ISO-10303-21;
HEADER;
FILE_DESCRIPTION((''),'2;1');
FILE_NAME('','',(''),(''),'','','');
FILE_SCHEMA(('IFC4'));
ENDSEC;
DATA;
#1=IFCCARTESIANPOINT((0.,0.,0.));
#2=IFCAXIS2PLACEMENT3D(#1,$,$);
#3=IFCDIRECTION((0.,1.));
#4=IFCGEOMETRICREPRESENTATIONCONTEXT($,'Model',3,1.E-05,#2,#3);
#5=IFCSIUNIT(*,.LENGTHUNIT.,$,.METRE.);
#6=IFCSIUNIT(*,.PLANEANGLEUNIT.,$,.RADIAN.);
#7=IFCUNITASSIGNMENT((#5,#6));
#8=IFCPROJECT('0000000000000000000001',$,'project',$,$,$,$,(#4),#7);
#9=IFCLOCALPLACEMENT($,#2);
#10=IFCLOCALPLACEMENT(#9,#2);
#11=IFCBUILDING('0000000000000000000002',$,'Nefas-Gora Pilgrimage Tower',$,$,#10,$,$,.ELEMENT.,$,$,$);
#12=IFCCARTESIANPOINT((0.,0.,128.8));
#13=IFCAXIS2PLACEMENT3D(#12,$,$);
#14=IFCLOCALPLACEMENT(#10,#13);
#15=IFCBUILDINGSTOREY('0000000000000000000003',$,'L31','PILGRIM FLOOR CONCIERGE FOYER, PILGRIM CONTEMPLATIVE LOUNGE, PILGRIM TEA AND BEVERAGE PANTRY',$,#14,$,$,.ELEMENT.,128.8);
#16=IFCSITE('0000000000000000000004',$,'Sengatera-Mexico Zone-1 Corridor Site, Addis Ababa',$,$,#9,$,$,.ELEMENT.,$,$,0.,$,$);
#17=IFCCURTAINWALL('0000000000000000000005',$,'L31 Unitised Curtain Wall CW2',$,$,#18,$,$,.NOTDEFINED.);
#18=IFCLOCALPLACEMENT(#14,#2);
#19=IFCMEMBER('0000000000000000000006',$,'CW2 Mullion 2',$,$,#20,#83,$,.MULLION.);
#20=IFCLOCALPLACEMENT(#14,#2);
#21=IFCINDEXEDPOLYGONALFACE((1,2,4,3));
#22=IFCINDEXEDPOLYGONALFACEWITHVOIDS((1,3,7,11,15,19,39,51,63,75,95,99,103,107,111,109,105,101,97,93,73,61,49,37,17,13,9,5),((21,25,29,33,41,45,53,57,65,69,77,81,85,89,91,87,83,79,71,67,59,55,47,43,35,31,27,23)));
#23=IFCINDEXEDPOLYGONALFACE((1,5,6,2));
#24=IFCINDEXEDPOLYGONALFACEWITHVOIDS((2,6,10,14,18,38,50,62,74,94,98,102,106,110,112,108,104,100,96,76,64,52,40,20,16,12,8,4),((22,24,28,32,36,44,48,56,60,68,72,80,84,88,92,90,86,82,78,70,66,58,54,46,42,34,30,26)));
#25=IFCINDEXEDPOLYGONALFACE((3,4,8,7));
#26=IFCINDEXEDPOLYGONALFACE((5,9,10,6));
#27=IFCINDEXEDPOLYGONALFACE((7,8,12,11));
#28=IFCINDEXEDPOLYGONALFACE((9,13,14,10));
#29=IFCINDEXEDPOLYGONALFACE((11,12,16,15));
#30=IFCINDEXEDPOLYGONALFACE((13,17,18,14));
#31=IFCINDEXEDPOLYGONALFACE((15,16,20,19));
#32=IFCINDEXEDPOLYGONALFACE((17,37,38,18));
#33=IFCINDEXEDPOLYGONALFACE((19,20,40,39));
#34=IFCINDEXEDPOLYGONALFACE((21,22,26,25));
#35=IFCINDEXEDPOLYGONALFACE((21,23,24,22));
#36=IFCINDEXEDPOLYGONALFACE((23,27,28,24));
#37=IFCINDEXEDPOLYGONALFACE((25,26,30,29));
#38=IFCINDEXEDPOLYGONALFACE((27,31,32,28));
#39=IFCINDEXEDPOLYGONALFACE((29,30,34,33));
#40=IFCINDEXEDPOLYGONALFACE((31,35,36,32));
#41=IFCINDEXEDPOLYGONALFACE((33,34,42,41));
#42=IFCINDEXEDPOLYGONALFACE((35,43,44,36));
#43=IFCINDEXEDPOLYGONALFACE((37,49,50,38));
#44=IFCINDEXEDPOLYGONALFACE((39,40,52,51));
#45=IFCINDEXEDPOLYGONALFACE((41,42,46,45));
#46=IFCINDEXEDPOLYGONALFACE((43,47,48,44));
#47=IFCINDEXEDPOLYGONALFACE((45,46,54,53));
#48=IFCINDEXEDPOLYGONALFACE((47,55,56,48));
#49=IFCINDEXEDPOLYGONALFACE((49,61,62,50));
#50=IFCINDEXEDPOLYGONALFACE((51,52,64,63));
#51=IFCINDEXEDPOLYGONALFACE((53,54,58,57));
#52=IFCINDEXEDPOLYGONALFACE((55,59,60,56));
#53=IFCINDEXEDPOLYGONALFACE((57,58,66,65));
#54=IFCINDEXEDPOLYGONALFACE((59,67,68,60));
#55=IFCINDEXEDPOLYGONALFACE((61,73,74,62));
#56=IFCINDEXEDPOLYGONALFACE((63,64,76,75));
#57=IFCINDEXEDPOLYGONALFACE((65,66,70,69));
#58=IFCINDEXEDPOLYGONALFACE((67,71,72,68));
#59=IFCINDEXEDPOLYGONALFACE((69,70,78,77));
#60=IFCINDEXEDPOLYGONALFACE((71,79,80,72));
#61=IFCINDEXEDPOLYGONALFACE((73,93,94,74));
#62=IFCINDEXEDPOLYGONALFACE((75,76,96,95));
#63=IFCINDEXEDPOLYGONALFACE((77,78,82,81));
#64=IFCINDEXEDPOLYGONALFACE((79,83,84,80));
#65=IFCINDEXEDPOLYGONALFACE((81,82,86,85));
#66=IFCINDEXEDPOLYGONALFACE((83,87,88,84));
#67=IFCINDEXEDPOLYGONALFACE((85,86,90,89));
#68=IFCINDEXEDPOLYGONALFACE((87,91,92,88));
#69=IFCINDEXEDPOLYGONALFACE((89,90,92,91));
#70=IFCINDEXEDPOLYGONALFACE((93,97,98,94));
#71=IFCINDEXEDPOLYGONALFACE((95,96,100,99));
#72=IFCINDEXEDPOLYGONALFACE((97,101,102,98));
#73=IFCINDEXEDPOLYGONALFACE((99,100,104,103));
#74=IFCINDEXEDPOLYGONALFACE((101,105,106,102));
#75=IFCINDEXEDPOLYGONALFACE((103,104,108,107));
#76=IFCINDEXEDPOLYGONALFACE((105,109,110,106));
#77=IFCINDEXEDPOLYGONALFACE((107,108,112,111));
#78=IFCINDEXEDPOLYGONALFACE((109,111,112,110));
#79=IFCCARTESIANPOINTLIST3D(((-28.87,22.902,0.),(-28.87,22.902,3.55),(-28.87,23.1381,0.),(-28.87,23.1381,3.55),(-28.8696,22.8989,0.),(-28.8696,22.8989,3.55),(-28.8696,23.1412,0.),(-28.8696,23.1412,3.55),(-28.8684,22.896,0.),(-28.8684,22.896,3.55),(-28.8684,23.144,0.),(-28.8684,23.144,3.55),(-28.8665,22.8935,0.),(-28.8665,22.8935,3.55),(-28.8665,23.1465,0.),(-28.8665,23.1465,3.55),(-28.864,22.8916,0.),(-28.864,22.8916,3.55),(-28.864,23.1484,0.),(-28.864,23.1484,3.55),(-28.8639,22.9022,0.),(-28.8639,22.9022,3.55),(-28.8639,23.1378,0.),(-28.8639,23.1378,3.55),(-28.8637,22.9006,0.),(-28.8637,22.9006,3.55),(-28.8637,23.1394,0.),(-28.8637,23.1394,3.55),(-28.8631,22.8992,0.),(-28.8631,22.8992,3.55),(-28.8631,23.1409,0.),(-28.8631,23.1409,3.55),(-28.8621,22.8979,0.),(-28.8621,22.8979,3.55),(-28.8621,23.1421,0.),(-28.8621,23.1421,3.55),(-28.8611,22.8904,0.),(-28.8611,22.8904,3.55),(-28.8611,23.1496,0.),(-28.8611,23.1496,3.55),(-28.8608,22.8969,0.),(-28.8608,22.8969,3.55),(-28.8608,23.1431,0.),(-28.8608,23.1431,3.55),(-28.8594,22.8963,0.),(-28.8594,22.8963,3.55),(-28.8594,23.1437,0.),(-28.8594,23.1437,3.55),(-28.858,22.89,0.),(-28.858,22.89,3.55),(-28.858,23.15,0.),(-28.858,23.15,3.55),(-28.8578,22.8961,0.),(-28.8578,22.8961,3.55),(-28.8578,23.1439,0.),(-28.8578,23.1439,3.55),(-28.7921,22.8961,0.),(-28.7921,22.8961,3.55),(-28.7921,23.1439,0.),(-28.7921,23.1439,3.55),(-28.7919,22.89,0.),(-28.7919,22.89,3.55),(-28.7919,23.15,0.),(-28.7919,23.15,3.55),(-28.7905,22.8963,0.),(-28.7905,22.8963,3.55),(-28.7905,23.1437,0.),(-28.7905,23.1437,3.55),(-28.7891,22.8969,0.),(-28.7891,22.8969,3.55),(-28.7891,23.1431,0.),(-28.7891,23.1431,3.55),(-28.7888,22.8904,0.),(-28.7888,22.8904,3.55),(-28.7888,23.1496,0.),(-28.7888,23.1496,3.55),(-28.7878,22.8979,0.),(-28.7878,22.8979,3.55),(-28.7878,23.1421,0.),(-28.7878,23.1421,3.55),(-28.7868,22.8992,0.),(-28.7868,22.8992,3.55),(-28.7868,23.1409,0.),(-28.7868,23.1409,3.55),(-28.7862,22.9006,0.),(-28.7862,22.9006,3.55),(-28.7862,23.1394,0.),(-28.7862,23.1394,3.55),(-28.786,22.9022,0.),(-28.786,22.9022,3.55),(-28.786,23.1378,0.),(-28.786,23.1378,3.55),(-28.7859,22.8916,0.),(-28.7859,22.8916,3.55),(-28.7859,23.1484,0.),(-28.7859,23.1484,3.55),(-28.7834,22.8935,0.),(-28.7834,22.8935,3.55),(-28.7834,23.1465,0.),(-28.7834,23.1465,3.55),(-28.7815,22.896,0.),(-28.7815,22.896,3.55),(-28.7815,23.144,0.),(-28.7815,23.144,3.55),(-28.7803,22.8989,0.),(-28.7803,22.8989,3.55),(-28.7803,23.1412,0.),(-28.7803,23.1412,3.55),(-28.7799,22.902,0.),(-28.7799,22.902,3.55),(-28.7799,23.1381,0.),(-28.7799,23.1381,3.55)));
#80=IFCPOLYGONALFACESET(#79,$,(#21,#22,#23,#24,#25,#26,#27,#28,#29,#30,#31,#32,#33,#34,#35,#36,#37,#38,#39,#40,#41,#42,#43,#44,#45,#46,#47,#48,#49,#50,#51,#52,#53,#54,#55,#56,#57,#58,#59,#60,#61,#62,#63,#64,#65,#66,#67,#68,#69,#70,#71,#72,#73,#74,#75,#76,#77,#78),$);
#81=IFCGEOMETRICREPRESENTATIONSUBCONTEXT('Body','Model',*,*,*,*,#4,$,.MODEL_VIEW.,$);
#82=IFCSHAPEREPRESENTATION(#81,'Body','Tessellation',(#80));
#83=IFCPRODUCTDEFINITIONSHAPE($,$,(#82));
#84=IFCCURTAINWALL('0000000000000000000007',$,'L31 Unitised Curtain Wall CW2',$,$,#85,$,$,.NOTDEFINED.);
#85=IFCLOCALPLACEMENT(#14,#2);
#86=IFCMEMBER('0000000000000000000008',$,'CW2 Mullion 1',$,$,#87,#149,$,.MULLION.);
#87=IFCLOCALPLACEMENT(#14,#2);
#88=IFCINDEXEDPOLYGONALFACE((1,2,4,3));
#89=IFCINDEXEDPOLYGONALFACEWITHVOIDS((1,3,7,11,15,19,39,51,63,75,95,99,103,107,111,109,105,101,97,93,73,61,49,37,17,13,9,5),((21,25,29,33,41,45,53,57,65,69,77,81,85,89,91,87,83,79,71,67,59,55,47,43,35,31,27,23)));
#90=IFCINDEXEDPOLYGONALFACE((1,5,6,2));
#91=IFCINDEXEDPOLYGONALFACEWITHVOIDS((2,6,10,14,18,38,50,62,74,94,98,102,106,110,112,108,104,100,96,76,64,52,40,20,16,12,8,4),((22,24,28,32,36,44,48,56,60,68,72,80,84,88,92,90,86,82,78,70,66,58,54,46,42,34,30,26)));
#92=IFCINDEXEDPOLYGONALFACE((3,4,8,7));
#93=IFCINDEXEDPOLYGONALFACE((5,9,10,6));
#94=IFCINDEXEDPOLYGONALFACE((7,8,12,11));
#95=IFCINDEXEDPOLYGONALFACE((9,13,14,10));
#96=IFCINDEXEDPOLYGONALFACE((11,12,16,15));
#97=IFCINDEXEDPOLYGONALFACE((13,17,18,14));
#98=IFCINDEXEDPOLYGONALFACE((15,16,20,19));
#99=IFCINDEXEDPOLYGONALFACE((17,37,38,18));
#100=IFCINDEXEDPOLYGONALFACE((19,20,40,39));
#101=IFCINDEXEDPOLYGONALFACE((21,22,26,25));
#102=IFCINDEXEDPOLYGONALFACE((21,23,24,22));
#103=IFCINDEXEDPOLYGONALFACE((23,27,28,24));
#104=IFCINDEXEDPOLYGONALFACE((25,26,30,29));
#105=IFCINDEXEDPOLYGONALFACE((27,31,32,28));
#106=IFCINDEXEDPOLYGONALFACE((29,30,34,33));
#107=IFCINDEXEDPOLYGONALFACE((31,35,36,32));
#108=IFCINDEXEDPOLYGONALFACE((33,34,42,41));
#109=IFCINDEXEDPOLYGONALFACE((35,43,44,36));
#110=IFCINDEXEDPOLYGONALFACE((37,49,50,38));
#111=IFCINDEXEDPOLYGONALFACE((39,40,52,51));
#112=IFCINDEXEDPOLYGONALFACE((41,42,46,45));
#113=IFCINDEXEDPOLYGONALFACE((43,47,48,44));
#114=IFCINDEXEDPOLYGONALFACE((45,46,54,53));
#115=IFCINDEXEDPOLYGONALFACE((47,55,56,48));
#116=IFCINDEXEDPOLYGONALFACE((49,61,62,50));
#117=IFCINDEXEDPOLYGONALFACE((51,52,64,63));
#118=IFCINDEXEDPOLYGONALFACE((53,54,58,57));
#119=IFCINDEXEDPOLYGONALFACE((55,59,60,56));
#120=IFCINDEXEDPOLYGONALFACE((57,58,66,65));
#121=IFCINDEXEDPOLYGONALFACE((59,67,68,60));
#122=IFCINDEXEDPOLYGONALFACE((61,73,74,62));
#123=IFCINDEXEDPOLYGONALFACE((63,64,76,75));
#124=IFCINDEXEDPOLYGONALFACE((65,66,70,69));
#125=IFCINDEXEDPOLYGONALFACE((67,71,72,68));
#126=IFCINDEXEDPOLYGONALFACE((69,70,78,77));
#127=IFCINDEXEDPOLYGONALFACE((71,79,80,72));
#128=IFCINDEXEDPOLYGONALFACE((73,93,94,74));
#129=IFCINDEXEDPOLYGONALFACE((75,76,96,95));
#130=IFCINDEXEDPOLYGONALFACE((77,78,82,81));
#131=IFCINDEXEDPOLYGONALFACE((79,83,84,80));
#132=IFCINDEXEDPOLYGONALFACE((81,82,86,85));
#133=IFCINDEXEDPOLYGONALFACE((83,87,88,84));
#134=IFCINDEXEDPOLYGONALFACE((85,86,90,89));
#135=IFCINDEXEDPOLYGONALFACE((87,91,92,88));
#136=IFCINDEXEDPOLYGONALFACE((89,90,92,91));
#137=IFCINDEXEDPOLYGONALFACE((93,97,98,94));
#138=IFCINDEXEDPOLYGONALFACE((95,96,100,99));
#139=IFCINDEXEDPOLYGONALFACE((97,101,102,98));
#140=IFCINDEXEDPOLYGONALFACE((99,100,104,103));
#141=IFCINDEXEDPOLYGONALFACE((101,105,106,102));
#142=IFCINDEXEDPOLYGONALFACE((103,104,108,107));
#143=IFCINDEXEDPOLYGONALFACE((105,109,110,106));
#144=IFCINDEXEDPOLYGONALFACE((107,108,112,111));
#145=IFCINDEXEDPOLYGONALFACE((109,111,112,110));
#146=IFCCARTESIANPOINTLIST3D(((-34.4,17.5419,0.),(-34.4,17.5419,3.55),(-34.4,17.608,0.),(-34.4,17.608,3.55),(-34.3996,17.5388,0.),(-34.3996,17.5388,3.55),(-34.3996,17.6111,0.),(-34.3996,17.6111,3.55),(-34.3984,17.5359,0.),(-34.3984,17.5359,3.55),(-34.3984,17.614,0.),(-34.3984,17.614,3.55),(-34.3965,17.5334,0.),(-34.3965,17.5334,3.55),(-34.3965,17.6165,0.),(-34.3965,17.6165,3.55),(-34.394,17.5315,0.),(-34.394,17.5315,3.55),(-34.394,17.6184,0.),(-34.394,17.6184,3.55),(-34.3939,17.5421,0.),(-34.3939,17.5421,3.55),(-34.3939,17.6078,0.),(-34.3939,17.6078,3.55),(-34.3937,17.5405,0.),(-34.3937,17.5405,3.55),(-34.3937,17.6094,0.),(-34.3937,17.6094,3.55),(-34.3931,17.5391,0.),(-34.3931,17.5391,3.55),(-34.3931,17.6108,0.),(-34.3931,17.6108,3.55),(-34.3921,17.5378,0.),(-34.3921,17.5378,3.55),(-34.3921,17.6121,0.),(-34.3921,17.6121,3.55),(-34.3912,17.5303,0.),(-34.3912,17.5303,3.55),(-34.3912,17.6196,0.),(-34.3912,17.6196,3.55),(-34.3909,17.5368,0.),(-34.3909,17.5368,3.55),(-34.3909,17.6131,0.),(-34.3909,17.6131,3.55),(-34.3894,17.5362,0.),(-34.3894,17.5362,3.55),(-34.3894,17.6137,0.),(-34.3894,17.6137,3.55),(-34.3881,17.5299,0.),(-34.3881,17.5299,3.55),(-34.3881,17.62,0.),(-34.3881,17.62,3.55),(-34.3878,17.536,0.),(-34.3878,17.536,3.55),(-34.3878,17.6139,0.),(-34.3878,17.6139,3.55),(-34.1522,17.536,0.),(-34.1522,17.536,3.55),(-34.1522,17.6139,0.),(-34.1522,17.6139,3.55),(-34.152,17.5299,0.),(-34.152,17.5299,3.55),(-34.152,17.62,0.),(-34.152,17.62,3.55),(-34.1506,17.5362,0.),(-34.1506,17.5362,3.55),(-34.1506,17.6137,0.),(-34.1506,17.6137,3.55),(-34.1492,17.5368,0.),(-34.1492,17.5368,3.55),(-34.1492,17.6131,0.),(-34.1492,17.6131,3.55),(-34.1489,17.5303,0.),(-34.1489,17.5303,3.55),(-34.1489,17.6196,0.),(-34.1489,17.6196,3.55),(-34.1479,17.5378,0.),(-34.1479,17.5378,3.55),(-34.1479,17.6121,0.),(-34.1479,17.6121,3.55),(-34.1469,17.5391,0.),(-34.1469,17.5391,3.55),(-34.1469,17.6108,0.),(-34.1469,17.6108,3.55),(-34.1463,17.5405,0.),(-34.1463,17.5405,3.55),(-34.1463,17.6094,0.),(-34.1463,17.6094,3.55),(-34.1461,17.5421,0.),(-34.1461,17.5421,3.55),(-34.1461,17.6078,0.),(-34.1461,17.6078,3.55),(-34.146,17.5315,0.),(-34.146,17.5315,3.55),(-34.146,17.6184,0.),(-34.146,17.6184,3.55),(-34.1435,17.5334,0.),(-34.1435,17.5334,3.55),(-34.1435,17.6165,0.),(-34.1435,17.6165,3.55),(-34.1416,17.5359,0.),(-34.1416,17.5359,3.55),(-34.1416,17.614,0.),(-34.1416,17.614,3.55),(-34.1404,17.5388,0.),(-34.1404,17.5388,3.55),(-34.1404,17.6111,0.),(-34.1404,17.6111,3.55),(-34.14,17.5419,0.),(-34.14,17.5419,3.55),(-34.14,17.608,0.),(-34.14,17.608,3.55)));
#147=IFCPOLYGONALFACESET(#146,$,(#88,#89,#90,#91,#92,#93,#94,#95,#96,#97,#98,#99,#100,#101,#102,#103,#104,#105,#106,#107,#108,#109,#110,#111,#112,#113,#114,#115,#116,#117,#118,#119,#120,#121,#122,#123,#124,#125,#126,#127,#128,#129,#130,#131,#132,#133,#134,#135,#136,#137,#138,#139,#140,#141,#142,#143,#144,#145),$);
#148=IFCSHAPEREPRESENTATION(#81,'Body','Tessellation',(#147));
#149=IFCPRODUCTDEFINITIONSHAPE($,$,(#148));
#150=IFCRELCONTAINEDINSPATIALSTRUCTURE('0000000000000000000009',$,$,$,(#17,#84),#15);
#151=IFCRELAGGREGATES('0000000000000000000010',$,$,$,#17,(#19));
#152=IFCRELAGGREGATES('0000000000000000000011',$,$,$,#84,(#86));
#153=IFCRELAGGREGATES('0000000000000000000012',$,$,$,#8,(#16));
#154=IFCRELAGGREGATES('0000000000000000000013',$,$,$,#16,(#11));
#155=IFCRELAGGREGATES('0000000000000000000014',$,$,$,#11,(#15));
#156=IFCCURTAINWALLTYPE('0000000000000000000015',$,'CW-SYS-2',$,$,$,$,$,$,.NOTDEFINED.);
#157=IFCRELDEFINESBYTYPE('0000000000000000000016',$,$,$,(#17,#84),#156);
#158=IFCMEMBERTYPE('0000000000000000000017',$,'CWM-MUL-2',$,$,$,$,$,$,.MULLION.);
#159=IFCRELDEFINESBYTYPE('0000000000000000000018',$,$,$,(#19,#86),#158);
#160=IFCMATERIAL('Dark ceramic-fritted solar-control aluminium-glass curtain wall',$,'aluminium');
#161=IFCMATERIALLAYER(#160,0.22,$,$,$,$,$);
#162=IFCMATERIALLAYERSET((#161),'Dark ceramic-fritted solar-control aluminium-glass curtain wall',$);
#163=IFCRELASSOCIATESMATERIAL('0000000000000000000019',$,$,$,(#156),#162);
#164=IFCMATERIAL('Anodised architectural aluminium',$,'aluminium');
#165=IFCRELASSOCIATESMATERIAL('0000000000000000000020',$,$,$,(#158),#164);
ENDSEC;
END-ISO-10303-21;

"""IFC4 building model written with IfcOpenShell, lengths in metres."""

from ifc_helpers import new_model, si_unit, direction, frame, origin, origin_2d, place, context, subcontext, project, spatial, hollow_rectangle, extrude, source, transform, mapped, material, layer, layer_set, material_profile, profile_set, type_object, element, aggregate, save


model = new_model("IFC4")

# Units and contexts
model_context = context("Model", 3, precision=1e-05, world=origin(), true_north=direction((0.0, 1.0)))
body_context = subcontext(model_context, "Body", "Model", "MODEL_VIEW")
ifc_project = project(units=[si_unit("LENGTHUNIT", "METRE"), si_unit("PLANEANGLEUNIT", "RADIAN")], contexts=[model_context])

# Site, building, storey
site_placement = place(None, origin())
site = spatial("IfcSite", under=ifc_project, at=site_placement, Name="Sengatera-Mexico Zone-1 Corridor Site, Addis Ababa", CompositionType="ELEMENT", RefElevation=0.0)
building_placement = place(site_placement, origin())
building = spatial("IfcBuilding", under=site, at=building_placement, Name="Nefas-Gora Pilgrimage Tower", CompositionType="ELEMENT")
storey_placement = place(building_placement, frame((0.0, 0.0, 128.8)))
storey = spatial("IfcBuildingStorey", under=building, at=storey_placement, Name="L31", Description="PILGRIM FLOOR CONCIERGE FOYER, PILGRIM CONTEMPLATIVE LOUNGE, PILGRIM TEA AND BEVERAGE PANTRY", CompositionType="ELEMENT", Elevation=128.8)

# Curtain wall, member
ifc_material_1 = material(Name="Dark ceramic-fritted solar-control aluminium-glass curtain wall", Category="aluminium")
ifc_layer_1 = layer(ifc_material_1, 0.22)
ifc_layer_set_1 = layer_set([ifc_layer_1], Name="Dark ceramic-fritted solar-control aluminium-glass curtain wall")
curtain_wall_type = type_object("IfcCurtainWallType", Name="CW-SYS-2", PredefinedType="NOTDEFINED", material=ifc_layer_set_1)
curtain_wall_1_placement = place(storey_placement, origin())
curtain_wall_1 = element("IfcCurtainWall", 1, at=curtain_wall_1_placement, inside=storey, type_object=curtain_wall_type, Name="L31 Unitised Curtain Wall CW2", PredefinedType="NOTDEFINED")
ifc_material_2 = material(Name="Anodised architectural aluminium", Category="aluminium")
ifc_material_profile_1 = material_profile(ifc_material_2, hollow_rectangle(XDim=0.0901, YDim=0.26, WallThickness=0.0061, InnerFilletRadius=0.0061, OuterFilletRadius=0.012, at=origin_2d()), Name="ALU MULLION 90x260")
ifc_profile_set_1 = profile_set([ifc_material_profile_1], Name="Anodised architectural aluminium")
member_type_1 = type_object("IfcMemberType", Name="CWM-MUL-2", PredefinedType="MULLION", material=ifc_profile_set_1)
shared_shape_1 = source(origin(), body_context, "Body", "SweptSolid", [
    extrude(hollow_rectangle(XDim=0.0901, YDim=0.26, WallThickness=0.0061, InnerFilletRadius=0.0061, OuterFilletRadius=0.012, at=origin_2d()), origin(), (0.0, 0.0, 1.0), 3.55),
])
member_1_placement = place(storey_placement, frame((-28.825, 23.02, 0.0), z_axis=(0.0, 0.0, 1.0), x_axis=(-1.0, 0.0, 0.0)))
member_1 = element("IfcMember", 2, at=member_1_placement, type_object=member_type_1, Name="CW2 Mullion 2", PredefinedType="MULLION", context=body_context, shape_type="MappedRepresentation", body=[
    mapped(shared_shape_1, transform((0.0, 0.0, 0.0), x_axis=(1.0, 0.0, 0.0), y_axis=(0.0, 1.0, 0.0), z_axis=(0.0, 0.0, 1.0), scale=1.0)),
])
aggregate(curtain_wall_1, [member_1])

# Curtain wall, member
curtain_wall_2_placement = place(storey_placement, origin())
curtain_wall_2 = element("IfcCurtainWall", 3, at=curtain_wall_2_placement, inside=storey, type_object=curtain_wall_type, Name="L31 Unitised Curtain Wall CW2", PredefinedType="NOTDEFINED")
member_2_placement = place(storey_placement, frame((-34.27, 17.575, 0.0), z_axis=(0.0, 0.0, 1.0), x_axis=(0.0, -1.0, 0.0)))
member_2 = element("IfcMember", 4, at=member_2_placement, type_object=member_type_1, Name="CW2 Mullion 1", PredefinedType="MULLION", context=body_context, shape_type="MappedRepresentation", body=[
    mapped(shared_shape_1, transform((0.0, 0.0, 0.0), x_axis=(1.0, 0.0, 0.0), y_axis=(0.0, 1.0, 0.0), z_axis=(0.0, 0.0, 1.0), scale=1.0)),
])
aggregate(curtain_wall_2, [member_2])

save(model, "model.ifc")
